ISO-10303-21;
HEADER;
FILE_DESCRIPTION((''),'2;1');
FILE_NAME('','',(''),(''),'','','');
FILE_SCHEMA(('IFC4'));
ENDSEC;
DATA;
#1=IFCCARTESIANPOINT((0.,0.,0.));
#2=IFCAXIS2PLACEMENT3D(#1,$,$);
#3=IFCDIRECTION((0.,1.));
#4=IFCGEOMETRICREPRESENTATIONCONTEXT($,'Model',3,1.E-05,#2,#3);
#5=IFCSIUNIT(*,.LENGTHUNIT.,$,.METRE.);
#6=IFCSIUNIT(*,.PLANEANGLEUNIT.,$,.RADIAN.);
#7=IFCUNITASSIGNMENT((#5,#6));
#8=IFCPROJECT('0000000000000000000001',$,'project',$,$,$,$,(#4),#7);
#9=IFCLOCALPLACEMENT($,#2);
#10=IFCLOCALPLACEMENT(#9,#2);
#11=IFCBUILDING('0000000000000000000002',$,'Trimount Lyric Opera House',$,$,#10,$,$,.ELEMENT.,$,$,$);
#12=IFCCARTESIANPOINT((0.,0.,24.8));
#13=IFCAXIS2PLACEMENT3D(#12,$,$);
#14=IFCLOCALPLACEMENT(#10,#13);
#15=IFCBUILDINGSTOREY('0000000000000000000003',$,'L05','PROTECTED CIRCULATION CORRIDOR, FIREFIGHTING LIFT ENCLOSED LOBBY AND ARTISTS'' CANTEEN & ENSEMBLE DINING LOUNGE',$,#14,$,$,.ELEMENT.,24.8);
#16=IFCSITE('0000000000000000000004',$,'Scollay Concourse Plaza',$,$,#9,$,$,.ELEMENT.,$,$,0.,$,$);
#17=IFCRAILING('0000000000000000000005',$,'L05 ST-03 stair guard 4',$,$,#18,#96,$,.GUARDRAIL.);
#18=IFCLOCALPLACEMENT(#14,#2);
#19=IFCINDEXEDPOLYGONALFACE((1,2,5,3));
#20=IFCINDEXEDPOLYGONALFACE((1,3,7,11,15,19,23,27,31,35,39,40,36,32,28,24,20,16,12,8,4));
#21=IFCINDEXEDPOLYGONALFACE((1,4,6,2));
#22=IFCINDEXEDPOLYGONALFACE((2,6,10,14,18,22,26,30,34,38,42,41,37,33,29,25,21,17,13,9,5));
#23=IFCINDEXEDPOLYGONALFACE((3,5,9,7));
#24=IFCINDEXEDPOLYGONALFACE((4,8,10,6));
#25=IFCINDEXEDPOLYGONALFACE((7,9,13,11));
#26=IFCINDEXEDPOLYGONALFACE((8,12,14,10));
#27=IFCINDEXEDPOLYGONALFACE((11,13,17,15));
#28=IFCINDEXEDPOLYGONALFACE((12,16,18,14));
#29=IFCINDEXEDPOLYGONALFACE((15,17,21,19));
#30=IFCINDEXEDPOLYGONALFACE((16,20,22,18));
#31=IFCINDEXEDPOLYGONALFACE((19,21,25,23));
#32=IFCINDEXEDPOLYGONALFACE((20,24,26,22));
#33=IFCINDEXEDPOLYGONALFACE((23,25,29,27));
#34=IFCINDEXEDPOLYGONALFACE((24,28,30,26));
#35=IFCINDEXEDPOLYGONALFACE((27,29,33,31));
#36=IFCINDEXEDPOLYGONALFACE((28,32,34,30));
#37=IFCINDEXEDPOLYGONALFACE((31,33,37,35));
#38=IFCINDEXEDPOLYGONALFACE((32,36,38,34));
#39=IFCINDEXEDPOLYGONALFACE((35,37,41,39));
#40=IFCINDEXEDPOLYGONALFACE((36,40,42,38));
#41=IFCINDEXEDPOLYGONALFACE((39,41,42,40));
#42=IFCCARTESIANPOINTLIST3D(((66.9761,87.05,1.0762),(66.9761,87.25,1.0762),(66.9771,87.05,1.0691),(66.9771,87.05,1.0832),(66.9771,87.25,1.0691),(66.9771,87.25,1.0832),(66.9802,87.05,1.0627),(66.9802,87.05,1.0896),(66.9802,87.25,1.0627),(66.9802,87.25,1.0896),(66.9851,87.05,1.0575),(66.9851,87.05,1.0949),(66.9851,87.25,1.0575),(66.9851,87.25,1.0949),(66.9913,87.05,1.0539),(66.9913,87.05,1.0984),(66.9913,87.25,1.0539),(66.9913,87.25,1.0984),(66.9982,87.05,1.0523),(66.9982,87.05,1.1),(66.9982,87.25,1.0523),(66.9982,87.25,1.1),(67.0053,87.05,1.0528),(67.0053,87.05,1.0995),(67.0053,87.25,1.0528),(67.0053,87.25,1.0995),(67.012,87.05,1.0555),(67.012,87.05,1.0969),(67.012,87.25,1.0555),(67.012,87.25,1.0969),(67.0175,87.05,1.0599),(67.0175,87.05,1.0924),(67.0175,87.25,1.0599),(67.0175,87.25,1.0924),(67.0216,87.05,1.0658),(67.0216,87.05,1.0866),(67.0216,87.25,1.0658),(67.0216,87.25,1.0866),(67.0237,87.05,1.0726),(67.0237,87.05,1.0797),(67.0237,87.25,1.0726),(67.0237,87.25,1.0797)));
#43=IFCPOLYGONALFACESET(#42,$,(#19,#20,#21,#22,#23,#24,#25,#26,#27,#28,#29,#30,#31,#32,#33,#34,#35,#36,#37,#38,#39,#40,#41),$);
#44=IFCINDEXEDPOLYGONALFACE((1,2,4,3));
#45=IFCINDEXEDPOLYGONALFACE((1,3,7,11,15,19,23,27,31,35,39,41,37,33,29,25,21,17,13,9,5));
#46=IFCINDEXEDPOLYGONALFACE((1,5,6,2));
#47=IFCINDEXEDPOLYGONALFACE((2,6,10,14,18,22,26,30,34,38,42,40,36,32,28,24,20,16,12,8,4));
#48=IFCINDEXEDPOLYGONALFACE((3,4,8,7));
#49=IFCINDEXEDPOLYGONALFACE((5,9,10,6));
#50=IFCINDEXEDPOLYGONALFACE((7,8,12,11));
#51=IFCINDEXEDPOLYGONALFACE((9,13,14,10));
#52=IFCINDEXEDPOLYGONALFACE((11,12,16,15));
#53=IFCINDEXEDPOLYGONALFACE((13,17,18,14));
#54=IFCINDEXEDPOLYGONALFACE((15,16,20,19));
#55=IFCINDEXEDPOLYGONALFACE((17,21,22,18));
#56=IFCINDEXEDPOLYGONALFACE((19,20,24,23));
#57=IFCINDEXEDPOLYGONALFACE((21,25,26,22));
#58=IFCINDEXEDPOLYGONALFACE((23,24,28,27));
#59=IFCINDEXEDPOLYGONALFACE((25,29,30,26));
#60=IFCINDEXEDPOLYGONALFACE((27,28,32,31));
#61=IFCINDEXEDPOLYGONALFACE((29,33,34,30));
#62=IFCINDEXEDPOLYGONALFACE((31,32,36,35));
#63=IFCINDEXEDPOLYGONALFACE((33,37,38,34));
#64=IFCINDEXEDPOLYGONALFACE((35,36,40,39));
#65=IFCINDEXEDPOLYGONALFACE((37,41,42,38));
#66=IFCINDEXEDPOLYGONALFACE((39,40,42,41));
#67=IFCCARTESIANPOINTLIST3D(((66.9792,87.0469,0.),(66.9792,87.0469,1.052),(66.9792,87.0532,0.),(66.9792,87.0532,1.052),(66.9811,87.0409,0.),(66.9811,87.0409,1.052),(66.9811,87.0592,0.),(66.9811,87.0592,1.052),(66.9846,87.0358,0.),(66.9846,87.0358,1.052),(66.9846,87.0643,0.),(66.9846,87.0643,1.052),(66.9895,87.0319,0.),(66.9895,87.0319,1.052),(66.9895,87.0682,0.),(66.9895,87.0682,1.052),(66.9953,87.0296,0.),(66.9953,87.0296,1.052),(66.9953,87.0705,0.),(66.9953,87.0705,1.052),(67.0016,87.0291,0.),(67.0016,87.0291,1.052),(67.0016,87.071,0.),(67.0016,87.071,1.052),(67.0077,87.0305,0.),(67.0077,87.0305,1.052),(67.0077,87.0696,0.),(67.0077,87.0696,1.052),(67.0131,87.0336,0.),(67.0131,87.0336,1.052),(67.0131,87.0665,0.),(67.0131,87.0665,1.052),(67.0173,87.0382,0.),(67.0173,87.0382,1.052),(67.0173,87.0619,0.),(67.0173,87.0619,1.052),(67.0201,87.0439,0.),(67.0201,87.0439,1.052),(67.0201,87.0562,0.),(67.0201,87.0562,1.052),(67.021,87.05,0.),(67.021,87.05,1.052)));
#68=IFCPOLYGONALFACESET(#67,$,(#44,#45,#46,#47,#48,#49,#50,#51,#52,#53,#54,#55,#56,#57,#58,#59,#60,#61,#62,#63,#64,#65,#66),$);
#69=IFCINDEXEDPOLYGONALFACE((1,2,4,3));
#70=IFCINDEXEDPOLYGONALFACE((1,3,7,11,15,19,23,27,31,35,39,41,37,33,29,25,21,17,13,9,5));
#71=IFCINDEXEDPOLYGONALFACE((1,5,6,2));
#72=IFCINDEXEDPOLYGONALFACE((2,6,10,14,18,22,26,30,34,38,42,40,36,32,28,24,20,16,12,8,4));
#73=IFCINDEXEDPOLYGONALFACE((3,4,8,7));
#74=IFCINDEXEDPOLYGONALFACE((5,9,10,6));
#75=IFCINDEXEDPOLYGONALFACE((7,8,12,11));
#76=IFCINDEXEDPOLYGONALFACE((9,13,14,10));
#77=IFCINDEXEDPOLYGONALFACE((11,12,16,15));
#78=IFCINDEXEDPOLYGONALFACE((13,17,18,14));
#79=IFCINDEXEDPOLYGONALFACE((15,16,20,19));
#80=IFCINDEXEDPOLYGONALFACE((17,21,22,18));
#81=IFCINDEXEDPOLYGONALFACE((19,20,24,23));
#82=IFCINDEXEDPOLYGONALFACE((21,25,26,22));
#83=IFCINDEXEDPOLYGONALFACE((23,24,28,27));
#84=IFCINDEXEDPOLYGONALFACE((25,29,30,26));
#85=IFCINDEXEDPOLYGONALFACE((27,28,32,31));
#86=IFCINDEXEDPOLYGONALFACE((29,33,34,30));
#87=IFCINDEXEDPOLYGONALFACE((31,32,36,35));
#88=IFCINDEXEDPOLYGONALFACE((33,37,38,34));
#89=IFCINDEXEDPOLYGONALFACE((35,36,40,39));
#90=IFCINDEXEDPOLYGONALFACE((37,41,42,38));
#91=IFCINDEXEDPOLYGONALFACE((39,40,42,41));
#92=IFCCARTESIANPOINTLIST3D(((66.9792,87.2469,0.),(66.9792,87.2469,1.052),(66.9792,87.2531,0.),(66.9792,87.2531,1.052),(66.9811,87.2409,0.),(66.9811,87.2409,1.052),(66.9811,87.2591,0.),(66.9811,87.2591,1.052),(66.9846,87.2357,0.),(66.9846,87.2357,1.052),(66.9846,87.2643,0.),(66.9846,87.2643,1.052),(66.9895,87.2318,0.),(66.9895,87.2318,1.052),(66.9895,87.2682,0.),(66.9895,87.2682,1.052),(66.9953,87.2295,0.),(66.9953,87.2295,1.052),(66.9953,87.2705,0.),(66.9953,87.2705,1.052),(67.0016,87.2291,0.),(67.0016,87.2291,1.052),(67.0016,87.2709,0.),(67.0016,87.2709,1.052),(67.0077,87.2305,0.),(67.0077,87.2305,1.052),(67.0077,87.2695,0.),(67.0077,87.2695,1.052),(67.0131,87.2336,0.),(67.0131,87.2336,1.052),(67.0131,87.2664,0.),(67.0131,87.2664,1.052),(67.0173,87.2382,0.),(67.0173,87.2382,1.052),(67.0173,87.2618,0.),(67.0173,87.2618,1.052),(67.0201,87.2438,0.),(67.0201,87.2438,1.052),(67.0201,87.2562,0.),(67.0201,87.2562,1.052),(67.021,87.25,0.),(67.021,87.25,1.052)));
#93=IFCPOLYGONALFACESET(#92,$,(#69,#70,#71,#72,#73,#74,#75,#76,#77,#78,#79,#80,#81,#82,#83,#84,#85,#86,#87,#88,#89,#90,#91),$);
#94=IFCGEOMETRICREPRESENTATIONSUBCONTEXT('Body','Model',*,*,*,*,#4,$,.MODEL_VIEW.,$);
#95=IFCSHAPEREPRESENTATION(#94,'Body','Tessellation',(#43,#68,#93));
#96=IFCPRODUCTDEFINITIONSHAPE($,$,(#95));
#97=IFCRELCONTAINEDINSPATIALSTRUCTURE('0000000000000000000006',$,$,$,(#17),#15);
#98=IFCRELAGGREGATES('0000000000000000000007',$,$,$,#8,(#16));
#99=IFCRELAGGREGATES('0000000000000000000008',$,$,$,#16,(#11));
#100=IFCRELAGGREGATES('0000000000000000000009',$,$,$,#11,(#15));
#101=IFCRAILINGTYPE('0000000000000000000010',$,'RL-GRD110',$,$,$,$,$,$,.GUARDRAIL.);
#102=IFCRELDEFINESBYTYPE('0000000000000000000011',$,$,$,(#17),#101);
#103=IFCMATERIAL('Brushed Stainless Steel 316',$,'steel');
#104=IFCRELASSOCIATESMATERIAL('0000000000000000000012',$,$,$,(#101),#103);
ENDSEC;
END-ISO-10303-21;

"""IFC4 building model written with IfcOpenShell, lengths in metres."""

from ifc_helpers import new_model, si_unit, direction, frame, origin, origin_2d, place, context, subcontext, project, spatial, circle, extrude, material, type_object, element, save


model = new_model("IFC4")

# Units and contexts
model_context = context("Model", 3, precision=1e-05, world=origin(), true_north=direction((0.0, 1.0)))
body_context = subcontext(model_context, "Body", "Model", "MODEL_VIEW")
ifc_project = project(units=[si_unit("LENGTHUNIT", "METRE"), si_unit("PLANEANGLEUNIT", "RADIAN")], contexts=[model_context])

# Site, building, storey
site_placement = place(None, origin())
site = spatial("IfcSite", under=ifc_project, at=site_placement, Name="Scollay Concourse Plaza", CompositionType="ELEMENT", RefElevation=0.0)
building_placement = place(site_placement, origin())
building = spatial("IfcBuilding", under=site, at=building_placement, Name="Trimount Lyric Opera House", CompositionType="ELEMENT")
storey_placement = place(building_placement, frame((0.0, 0.0, 24.8)))
storey = spatial("IfcBuildingStorey", under=building, at=storey_placement, Name="L05", Description="PROTECTED CIRCULATION CORRIDOR, FIREFIGHTING LIFT ENCLOSED LOBBY AND ARTISTS' CANTEEN & ENSEMBLE DINING LOUNGE", CompositionType="ELEMENT", Elevation=24.8)

# Railing
ifc_material_1 = material(Name="Brushed Stainless Steel 316", Category="steel")
railing_type_1 = type_object("IfcRailingType", Name="RL-GRD110", PredefinedType="GUARDRAIL", material=ifc_material_1)
railing_1_placement = place(storey_placement, frame((67.0, 87.05, 0.0)))
element("IfcRailing", 1, at=railing_1_placement, inside=storey, type_object=railing_type_1, Name="L05 ST-03 stair guard 4", PredefinedType="GUARDRAIL", context=body_context, shape_type="SweptSolid", body=[
    extrude(circle(Radius=0.0239, at=origin_2d()), frame((0.0, 0.0, 1.0762), z_axis=(0.0, 1.0, 0.0), x_axis=(-1.0, 0.0, 0.0)), (0.0, 0.0, 1.0), 0.2),
    extrude(circle(Radius=0.021, at=origin_2d()), origin(), (0.0, 0.0, 1.0), 1.052),
    extrude(circle(Radius=0.021, at=origin_2d()), frame((0.0, 0.2, 0.0)), (0.0, 0.0, 1.0), 1.052),
])

save(model, "model.ifc")
